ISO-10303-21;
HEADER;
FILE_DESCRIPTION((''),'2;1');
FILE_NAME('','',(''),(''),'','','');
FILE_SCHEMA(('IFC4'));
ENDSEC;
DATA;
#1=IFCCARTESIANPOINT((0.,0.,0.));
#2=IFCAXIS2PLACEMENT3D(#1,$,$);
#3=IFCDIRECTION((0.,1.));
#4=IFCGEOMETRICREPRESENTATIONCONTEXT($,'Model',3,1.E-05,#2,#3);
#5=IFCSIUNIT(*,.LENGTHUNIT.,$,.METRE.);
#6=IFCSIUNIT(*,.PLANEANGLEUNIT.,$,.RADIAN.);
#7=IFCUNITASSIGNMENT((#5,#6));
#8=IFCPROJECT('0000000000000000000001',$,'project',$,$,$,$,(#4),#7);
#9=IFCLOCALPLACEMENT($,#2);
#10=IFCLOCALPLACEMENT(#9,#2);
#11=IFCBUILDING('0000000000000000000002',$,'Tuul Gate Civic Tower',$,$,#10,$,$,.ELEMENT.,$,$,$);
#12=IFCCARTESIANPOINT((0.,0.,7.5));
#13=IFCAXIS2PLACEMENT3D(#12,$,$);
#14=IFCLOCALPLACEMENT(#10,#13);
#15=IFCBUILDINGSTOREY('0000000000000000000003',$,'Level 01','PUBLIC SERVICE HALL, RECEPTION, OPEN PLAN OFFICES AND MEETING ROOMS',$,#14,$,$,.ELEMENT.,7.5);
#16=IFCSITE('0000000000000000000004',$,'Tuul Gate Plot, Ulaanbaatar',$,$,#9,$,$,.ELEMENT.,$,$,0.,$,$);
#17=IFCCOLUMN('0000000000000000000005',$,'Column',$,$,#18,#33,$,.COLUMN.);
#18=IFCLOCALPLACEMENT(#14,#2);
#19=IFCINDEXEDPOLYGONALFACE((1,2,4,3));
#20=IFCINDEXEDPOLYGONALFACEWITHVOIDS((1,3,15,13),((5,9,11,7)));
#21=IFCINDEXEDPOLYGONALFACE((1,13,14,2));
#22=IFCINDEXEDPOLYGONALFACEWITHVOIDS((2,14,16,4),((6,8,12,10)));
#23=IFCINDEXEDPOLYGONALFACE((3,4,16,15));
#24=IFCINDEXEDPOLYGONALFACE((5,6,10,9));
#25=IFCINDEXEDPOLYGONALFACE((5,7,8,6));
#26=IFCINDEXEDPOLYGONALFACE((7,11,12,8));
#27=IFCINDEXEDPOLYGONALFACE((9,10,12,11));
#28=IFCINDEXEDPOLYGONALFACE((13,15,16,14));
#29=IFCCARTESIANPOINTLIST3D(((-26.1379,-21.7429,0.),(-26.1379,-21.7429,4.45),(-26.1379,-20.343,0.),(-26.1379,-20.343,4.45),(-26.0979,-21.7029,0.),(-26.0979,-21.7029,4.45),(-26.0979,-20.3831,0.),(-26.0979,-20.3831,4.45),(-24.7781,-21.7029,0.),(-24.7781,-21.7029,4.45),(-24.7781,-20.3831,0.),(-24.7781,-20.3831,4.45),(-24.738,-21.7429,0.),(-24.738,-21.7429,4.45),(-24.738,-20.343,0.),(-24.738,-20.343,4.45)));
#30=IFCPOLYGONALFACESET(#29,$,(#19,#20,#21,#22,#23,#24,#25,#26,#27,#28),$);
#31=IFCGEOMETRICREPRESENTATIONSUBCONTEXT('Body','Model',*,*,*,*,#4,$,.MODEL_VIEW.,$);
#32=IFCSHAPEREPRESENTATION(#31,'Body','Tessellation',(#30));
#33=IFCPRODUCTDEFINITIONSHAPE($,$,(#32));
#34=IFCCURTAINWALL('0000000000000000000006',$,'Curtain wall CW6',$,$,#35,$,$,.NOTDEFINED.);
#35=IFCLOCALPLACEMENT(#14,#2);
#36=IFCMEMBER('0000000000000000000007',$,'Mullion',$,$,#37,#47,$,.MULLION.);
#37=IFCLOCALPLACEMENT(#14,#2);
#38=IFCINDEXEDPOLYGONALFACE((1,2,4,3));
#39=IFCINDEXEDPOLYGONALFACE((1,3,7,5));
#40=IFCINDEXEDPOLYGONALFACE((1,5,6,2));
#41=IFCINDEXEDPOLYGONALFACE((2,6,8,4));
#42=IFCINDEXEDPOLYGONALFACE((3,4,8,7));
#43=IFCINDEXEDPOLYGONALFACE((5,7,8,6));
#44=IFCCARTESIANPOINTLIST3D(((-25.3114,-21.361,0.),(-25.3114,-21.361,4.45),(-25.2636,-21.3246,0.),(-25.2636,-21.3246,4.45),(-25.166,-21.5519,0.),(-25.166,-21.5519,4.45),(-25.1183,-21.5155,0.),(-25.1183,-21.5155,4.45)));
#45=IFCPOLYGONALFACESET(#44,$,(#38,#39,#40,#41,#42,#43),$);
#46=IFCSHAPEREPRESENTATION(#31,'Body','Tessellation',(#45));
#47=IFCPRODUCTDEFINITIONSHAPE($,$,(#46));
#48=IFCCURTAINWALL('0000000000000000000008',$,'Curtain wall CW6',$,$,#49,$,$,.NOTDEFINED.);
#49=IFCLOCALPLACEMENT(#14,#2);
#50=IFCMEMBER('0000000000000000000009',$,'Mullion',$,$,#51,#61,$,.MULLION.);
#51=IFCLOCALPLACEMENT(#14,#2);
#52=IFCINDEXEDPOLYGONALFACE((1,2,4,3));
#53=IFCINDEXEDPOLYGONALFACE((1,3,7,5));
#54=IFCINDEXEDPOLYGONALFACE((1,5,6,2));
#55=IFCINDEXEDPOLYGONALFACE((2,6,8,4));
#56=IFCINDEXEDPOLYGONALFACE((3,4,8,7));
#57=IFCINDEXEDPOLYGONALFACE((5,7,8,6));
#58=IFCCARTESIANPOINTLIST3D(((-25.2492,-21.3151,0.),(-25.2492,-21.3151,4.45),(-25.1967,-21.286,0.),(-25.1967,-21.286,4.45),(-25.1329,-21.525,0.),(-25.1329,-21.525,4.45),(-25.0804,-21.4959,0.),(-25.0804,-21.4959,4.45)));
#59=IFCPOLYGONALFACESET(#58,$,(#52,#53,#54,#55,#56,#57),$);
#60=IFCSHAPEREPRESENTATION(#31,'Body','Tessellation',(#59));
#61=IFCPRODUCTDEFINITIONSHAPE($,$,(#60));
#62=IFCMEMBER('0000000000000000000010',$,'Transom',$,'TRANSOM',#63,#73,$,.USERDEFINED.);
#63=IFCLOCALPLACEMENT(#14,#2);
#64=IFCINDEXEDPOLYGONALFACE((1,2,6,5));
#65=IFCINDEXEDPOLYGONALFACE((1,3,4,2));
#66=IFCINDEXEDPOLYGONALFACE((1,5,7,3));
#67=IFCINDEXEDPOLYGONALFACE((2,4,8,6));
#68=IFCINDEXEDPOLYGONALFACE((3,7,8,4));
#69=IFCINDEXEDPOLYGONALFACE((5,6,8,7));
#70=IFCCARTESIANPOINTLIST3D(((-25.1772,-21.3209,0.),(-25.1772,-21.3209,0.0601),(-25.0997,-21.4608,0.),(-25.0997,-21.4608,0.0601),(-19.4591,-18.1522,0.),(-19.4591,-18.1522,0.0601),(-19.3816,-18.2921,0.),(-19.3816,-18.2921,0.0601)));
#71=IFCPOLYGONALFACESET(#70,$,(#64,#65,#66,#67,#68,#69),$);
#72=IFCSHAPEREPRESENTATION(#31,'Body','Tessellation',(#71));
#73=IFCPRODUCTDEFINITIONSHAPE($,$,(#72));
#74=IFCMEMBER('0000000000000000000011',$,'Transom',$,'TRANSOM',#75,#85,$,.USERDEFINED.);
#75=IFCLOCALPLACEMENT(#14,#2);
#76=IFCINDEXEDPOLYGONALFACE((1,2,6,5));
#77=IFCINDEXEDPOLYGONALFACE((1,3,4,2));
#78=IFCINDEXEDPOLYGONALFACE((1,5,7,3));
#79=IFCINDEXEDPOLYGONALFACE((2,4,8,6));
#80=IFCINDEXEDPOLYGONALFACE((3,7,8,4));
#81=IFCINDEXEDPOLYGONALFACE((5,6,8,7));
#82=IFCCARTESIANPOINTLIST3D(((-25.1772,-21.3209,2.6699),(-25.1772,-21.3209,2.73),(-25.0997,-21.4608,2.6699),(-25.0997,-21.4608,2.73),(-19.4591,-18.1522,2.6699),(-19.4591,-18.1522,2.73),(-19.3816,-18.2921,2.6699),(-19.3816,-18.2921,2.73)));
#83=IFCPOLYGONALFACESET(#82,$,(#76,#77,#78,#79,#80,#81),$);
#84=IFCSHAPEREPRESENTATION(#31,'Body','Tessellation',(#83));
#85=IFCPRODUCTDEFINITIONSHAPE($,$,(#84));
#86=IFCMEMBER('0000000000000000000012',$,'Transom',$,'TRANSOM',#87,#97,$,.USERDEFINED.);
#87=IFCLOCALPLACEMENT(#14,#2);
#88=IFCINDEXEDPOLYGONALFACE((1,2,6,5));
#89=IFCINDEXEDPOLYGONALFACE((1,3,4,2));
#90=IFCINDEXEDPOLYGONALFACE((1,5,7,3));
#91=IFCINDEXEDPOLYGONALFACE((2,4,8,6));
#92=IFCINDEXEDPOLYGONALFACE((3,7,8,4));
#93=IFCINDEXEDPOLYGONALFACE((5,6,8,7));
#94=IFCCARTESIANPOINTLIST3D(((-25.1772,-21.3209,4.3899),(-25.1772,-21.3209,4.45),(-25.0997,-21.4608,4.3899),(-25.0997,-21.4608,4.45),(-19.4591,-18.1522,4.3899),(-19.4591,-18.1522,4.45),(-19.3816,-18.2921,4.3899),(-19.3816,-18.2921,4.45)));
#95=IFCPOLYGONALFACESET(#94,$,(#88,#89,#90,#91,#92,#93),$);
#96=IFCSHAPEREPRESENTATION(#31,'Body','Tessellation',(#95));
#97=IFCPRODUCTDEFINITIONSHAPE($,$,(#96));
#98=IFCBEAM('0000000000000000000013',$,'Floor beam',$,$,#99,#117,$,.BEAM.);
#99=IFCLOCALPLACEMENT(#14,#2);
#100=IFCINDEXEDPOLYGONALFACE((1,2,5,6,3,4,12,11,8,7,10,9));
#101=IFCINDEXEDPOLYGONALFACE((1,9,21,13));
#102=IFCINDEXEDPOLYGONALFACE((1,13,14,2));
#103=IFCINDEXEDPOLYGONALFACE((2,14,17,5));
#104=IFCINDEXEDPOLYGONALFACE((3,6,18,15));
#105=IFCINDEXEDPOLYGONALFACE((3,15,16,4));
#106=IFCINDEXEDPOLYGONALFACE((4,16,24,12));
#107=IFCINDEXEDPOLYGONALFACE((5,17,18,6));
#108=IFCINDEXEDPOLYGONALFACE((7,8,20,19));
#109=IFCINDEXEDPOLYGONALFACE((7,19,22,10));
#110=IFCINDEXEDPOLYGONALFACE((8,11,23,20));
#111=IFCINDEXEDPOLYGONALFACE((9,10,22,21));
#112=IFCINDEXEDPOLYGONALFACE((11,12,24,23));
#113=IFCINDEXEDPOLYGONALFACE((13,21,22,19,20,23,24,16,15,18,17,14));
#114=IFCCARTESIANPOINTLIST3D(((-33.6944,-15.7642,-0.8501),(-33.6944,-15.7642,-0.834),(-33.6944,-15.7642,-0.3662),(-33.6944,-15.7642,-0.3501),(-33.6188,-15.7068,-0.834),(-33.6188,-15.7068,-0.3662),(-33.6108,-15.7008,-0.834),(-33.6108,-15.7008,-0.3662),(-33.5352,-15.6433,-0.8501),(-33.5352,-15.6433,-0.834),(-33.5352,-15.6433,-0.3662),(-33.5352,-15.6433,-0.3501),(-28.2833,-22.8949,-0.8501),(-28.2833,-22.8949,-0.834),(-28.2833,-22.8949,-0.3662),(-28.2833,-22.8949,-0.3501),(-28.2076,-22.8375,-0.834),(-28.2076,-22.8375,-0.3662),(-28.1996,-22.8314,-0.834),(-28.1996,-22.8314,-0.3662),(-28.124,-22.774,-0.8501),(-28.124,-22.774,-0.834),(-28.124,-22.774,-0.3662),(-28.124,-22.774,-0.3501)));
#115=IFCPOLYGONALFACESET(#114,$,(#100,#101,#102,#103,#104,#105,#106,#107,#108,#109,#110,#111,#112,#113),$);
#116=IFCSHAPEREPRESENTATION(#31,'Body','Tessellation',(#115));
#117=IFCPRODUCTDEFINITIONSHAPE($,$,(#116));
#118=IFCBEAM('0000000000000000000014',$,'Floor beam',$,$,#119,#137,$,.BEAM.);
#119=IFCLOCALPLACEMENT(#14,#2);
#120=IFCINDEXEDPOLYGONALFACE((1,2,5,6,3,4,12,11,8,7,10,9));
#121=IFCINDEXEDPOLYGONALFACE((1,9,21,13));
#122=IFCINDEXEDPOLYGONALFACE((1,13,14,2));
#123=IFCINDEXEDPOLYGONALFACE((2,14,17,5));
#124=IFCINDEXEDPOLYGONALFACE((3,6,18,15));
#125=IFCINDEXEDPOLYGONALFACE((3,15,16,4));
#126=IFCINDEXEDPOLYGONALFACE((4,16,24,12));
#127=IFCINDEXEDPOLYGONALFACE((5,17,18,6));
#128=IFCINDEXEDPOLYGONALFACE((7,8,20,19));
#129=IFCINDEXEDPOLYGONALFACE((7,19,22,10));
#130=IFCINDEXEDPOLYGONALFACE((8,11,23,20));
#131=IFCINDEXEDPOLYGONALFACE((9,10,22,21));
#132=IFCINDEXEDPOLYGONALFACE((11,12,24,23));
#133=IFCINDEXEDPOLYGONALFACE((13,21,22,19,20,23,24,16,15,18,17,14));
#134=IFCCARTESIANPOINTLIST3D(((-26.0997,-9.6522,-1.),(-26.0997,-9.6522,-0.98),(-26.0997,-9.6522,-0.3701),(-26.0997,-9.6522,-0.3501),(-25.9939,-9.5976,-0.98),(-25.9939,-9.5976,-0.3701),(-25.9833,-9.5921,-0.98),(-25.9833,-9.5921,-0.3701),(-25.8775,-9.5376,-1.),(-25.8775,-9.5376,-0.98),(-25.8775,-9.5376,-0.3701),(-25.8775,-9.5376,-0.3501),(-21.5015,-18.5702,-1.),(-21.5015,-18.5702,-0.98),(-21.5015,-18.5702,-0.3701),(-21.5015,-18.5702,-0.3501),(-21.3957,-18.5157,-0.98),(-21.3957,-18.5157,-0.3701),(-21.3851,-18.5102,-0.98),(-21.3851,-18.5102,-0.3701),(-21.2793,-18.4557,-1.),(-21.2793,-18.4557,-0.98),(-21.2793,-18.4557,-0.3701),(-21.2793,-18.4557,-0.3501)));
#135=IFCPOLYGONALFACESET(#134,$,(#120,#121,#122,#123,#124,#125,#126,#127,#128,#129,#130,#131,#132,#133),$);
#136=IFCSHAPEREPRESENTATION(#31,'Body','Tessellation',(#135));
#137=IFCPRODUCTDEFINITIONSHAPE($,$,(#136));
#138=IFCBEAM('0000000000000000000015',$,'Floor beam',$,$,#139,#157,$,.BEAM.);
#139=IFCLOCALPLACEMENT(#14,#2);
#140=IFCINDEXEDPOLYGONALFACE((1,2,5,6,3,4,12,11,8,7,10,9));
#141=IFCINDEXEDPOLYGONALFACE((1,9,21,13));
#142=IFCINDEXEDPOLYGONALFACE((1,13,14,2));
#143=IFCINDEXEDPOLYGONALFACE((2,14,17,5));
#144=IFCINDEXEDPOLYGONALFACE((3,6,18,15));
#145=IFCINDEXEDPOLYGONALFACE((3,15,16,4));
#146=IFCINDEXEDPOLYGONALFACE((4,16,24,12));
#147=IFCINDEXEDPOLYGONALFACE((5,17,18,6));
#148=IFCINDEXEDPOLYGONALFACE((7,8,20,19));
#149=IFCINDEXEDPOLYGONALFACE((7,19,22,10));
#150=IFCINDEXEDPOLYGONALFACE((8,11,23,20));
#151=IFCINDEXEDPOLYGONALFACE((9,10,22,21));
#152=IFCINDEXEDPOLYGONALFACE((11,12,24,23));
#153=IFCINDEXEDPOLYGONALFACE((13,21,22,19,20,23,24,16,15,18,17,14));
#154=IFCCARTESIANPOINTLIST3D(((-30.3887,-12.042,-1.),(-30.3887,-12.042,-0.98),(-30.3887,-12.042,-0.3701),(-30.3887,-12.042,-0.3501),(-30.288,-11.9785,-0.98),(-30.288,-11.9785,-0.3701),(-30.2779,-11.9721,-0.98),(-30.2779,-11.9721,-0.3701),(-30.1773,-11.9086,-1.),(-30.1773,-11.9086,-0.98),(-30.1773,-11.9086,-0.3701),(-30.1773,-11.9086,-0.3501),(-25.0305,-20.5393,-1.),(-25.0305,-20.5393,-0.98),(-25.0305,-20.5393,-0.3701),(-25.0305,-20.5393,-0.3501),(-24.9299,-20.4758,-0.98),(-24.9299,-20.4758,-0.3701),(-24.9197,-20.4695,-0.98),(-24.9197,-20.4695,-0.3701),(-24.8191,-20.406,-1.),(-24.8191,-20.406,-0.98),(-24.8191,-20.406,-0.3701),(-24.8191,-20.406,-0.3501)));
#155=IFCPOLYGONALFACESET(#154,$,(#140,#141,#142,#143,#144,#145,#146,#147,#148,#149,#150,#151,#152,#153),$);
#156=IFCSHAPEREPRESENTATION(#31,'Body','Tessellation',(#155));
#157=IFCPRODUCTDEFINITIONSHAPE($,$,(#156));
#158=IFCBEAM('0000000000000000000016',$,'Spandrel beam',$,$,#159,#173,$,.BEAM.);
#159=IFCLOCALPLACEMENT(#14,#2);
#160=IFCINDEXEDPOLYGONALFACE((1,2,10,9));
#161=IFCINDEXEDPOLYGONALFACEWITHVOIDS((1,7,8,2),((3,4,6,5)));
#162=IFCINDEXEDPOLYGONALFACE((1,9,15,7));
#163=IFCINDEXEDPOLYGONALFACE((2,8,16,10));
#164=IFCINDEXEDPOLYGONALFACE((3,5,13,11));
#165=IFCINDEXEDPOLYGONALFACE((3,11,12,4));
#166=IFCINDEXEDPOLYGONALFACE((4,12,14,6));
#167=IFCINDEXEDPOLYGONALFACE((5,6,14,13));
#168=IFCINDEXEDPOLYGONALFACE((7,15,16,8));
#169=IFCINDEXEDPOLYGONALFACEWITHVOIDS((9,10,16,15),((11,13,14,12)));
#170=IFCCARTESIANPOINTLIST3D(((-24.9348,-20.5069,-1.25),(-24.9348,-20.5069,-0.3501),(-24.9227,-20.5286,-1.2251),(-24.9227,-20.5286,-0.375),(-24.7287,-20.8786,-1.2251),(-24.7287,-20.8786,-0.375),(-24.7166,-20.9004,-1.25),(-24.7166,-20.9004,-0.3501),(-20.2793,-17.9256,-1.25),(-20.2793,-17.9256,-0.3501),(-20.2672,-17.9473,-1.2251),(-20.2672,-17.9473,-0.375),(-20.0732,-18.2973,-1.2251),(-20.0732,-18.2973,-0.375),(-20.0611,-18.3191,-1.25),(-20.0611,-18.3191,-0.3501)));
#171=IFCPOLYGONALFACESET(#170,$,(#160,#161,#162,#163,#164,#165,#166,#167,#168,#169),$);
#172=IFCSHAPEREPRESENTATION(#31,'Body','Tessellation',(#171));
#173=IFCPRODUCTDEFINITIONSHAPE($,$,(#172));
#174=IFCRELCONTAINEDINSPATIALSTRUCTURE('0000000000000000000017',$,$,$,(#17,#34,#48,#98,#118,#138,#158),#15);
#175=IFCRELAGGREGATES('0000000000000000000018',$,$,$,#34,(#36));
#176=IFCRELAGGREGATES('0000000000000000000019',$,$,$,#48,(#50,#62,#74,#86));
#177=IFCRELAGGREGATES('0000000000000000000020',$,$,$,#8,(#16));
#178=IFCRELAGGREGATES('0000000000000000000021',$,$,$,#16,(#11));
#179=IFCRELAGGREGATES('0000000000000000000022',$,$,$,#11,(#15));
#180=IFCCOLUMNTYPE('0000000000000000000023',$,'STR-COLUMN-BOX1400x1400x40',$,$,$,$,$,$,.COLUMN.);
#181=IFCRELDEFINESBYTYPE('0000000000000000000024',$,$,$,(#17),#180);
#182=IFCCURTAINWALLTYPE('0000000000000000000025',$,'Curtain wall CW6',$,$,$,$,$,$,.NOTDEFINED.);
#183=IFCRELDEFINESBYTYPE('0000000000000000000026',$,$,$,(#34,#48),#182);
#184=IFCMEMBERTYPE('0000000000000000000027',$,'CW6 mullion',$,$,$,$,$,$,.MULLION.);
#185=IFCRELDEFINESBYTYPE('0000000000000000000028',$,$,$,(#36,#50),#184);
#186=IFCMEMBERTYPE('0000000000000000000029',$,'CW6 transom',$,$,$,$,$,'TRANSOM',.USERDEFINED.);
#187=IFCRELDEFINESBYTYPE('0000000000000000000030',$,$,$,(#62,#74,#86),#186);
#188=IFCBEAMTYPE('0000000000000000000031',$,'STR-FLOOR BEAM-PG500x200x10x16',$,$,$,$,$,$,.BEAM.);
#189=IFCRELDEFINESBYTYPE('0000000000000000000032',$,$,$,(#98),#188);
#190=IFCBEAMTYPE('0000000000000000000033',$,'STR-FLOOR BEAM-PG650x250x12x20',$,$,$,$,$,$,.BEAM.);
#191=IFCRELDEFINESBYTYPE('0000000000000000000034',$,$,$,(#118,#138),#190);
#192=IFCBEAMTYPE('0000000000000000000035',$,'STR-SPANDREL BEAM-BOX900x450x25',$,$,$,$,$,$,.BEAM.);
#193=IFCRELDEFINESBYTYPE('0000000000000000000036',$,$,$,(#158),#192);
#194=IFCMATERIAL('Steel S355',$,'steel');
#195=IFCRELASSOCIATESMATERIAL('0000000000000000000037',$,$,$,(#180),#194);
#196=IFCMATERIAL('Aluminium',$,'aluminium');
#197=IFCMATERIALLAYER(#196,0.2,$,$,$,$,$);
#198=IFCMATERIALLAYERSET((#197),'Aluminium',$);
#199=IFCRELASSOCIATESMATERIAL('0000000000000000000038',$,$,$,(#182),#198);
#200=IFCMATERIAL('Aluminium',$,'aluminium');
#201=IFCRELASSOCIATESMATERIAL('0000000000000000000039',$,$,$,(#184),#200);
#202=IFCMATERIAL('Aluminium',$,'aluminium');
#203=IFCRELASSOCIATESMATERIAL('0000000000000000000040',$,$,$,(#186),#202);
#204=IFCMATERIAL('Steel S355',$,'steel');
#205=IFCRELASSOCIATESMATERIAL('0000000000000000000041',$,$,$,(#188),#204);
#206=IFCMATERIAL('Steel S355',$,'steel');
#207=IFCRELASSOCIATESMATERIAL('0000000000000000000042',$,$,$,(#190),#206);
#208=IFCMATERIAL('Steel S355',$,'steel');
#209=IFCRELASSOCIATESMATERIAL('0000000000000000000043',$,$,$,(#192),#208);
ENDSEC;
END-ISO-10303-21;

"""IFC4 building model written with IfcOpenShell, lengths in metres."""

from ifc_helpers import new_model, si_unit, direction, frame, origin, origin_2d, place, context, subcontext, project, spatial, rectangle, hollow_rectangle, i_section, extrude, material, layer, layer_set, material_profile, profile_set, type_object, element, aggregate, save


model = new_model("IFC4")

# Units and contexts
model_context = context("Model", 3, precision=1e-05, world=origin(), true_north=direction((0.0, 1.0)))
body_context = subcontext(model_context, "Body", "Model", "MODEL_VIEW")
ifc_project = project(units=[si_unit("LENGTHUNIT", "METRE"), si_unit("PLANEANGLEUNIT", "RADIAN")], contexts=[model_context])

# Site, building, storey
site_placement = place(None, origin())
site = spatial("IfcSite", under=ifc_project, at=site_placement, Name="Tuul Gate Plot, Ulaanbaatar", CompositionType="ELEMENT", RefElevation=0.0)
building_placement = place(site_placement, origin())
building = spatial("IfcBuilding", under=site, at=building_placement, Name="Tuul Gate Civic Tower", CompositionType="ELEMENT")
storey_placement = place(building_placement, frame((0.0, 0.0, 7.5)))
storey = spatial("IfcBuildingStorey", under=building, at=storey_placement, Name="Level 01", Description="PUBLIC SERVICE HALL, RECEPTION, OPEN PLAN OFFICES AND MEETING ROOMS", CompositionType="ELEMENT", Elevation=7.5)

# Column
ifc_material_1 = material(Name="Steel S355", Category="steel")
ifc_material_profile_1 = material_profile(ifc_material_1, hollow_rectangle(XDim=1.3999, YDim=1.3999, WallThickness=0.04, at=origin_2d()), Name="BOX1400x1400x40")
ifc_profile_set_1 = profile_set([ifc_material_profile_1], Name="Steel S355")
column_type = type_object("IfcColumnType", Name="STR-COLUMN-BOX1400x1400x40", PredefinedType="COLUMN", material=ifc_profile_set_1)
column_placement = place(storey_placement, frame((-25.438, -21.043, 0.0), z_axis=(0.0, 0.0, 1.0), x_axis=(1.0, 0.0, 0.0)))
element("IfcColumn", 1, at=column_placement, inside=storey, type_object=column_type, Name="Column", PredefinedType="COLUMN", context=body_context, shape_type="SweptSolid", body=[
    extrude(hollow_rectangle(XDim=1.3999, YDim=1.3999, WallThickness=0.04, at=origin_2d()), origin(), (0.0, 0.0, 1.0), 4.45),
])

# Curtain wall, member
ifc_material_2 = material(Name="Aluminium", Category="aluminium")
ifc_layer_1 = layer(ifc_material_2, 0.2)
ifc_layer_set_1 = layer_set([ifc_layer_1], Name="Aluminium")
curtain_wall_type = type_object("IfcCurtainWallType", Name="Curtain wall CW6", PredefinedType="NOTDEFINED", material=ifc_layer_set_1)
curtain_wall_1_placement = place(storey_placement, origin())
curtain_wall_1 = element("IfcCurtainWall", 2, at=curtain_wall_1_placement, inside=storey, type_object=curtain_wall_type, Name="Curtain wall CW6", PredefinedType="NOTDEFINED")
ifc_material_3 = material(Name="Aluminium", Category="aluminium")
ifc_material_profile_2 = material_profile(ifc_material_3, rectangle(XDim=0.24, YDim=0.0601, at=origin_2d()), Name="CW6 mullion")
ifc_profile_set_2 = profile_set([ifc_material_profile_2], Name="Aluminium")
member_type_1 = type_object("IfcMemberType", Name="CW6 mullion", PredefinedType="MULLION", material=ifc_profile_set_2)
member_1_placement = place(storey_placement, frame((-25.2148, -21.4382, 0.0), z_axis=(0.0, 0.0, 1.0), x_axis=(-0.605776, 0.795635, 0.0)))
member_1 = element("IfcMember", 3, at=member_1_placement, type_object=member_type_1, Name="Mullion", PredefinedType="MULLION", context=body_context, shape_type="SweptSolid", body=[
    extrude(rectangle(XDim=0.24, YDim=0.0601, at=origin_2d()), origin(), (0.0, 0.0, 1.0), 4.45),
])

# Curtain wall, members
curtain_wall_2_placement = place(storey_placement, origin())
curtain_wall_2 = element("IfcCurtainWall", 4, at=curtain_wall_2_placement, inside=storey, type_object=curtain_wall_type, Name="Curtain wall CW6", PredefinedType="NOTDEFINED")
member_2_placement = place(storey_placement, frame((-25.1648, -21.4055, 0.0), z_axis=(0.0, 0.0, 1.0), x_axis=(-0.484724, 0.874667, 0.0)))
member_2 = element("IfcMember", 5, at=member_2_placement, type_object=member_type_1, Name="Mullion", PredefinedType="MULLION", context=body_context, shape_type="SweptSolid", body=[
    extrude(rectangle(XDim=0.24, YDim=0.0601, at=origin_2d()), origin(), (0.0, 0.0, 1.0), 4.45),
])
ifc_material_4 = material(Name="Aluminium", Category="aluminium")
ifc_material_profile_3 = material_profile(ifc_material_4, rectangle(XDim=0.1599, YDim=0.0601, at=origin_2d()), Name="CW6 transom")
ifc_profile_set_3 = profile_set([ifc_material_profile_3], Name="Aluminium")
member_type_2 = type_object("IfcMemberType", Name="CW6 transom", ElementType="TRANSOM", PredefinedType="USERDEFINED", material=ifc_profile_set_3)
member_3_placement = place(storey_placement, frame((-25.1384, -21.3909, 0.03), z_axis=(0.874675, 0.48471, 0.0), x_axis=(-0.48471, 0.874675, 0.0)))
member_3 = element("IfcMember", 6, at=member_3_placement, type_object=member_type_2, Name="Transom", ObjectType="TRANSOM", PredefinedType="USERDEFINED", context=body_context, shape_type="SweptSolid", body=[
    extrude(rectangle(XDim=0.1599, YDim=0.0601, at=origin_2d()), origin(), (0.0, 0.0, 1.0), 6.5374),
])
member_4_placement = place(storey_placement, frame((-25.1384, -21.3909, 2.7), z_axis=(0.874675, 0.48471, 0.0), x_axis=(-0.48471, 0.874675, 0.0)))
member_4 = element("IfcMember", 7, at=member_4_placement, type_object=member_type_2, Name="Transom", ObjectType="TRANSOM", PredefinedType="USERDEFINED", context=body_context, shape_type="SweptSolid", body=[
    extrude(rectangle(XDim=0.1599, YDim=0.0601, at=origin_2d()), origin(), (0.0, 0.0, 1.0), 6.5374),
])
member_5_placement = place(storey_placement, frame((-25.1384, -21.3909, 4.4199), z_axis=(0.874675, 0.48471, 0.0), x_axis=(-0.48471, 0.874675, 0.0)))
member_5 = element("IfcMember", 8, at=member_5_placement, type_object=member_type_2, Name="Transom", ObjectType="TRANSOM", PredefinedType="USERDEFINED", context=body_context, shape_type="SweptSolid", body=[
    extrude(rectangle(XDim=0.1599, YDim=0.0601, at=origin_2d()), origin(), (0.0, 0.0, 1.0), 6.5374),
])

# Beams
ifc_material_5 = material(Name="Steel S355", Category="steel")
ifc_material_profile_4 = material_profile(ifc_material_5, i_section(OverallWidth=0.2, OverallDepth=0.5, WebThickness=0.01, FlangeThickness=0.0161, at=origin_2d()), Name="PG500x200x10x16")
ifc_profile_set_4 = profile_set([ifc_material_profile_4], Name="Steel S355")
beam_type_1 = type_object("IfcBeamType", Name="STR-FLOOR BEAM-PG500x200x10x16", PredefinedType="BEAM", material=ifc_profile_set_4)
beam_1_placement = place(storey_placement, frame((-28.2036, -22.8345, -0.6001), z_axis=(-0.604507, 0.7966, 0.0), x_axis=(-0.7966, -0.604507, 0.0)))
element("IfcBeam", 9, at=beam_1_placement, inside=storey, type_object=beam_type_1, Name="Floor beam", PredefinedType="BEAM", context=body_context, shape_type="SweptSolid", body=[
    extrude(i_section(OverallWidth=0.2, OverallDepth=0.5, WebThickness=0.01, FlangeThickness=0.0161, at=origin_2d()), origin(), (0.0, 0.0, 1.0), 8.9514),
])
ifc_material_6 = material(Name="Steel S355", Category="steel")
ifc_material_profile_5 = material_profile(ifc_material_6, i_section(OverallWidth=0.25, OverallDepth=0.6499, WebThickness=0.012, FlangeThickness=0.02, at=origin_2d()), Name="PG650x250x12x20")
ifc_profile_set_5 = profile_set([ifc_material_profile_5], Name="Steel S355")
beam_type_2 = type_object("IfcBeamType", Name="STR-FLOOR BEAM-PG650x250x12x20", PredefinedType="BEAM", material=ifc_profile_set_5)
beam_2_placement = place(storey_placement, frame((-21.3904, -18.5129, -0.675), z_axis=(-0.458275, 0.888811, 0.0), x_axis=(-0.888811, -0.458275, 0.0)))
element("IfcBeam", 10, at=beam_2_placement, inside=storey, type_object=beam_type_2, Name="Floor beam", PredefinedType="BEAM", context=body_context, shape_type="SweptSolid", body=[
    extrude(i_section(OverallWidth=0.25, OverallDepth=0.6499, WebThickness=0.012, FlangeThickness=0.02, at=origin_2d()), origin(), (0.0, 0.0, 1.0), 10.0337),
])
beam_3_placement = place(storey_placement, frame((-24.9248, -20.4727, -0.675), z_axis=(-0.533383, 0.845874, 0.0), x_axis=(-0.845874, -0.533383, 0.0)))
element("IfcBeam", 11, at=beam_3_placement, inside=storey, type_object=beam_type_2, Name="Floor beam", PredefinedType="BEAM", context=body_context, shape_type="SweptSolid", body=[
    extrude(i_section(OverallWidth=0.25, OverallDepth=0.6499, WebThickness=0.012, FlangeThickness=0.02, at=origin_2d()), origin(), (0.0, 0.0, 1.0), 10.0457),
])
ifc_material_7 = material(Name="Steel S355", Category="steel")
ifc_material_profile_6 = material_profile(ifc_material_7, hollow_rectangle(XDim=0.45, YDim=0.8999, WallThickness=0.0249, at=origin_2d()), Name="BOX900x450x25")
ifc_profile_set_6 = profile_set([ifc_material_profile_6], Name="Steel S355")
beam_type_3 = type_object("IfcBeamType", Name="STR-SPANDREL BEAM-BOX900x450x25", PredefinedType="BEAM", material=ifc_profile_set_6)
beam_4_placement = place(storey_placement, frame((-24.8257, -20.7036, -0.8), z_axis=(0.874564, 0.484911, 0.0), x_axis=(-0.484911, 0.874564, 0.0)))
element("IfcBeam", 12, at=beam_4_placement, inside=storey, type_object=beam_type_3, Name="Spandrel beam", PredefinedType="BEAM", context=body_context, shape_type="SweptSolid", body=[
    extrude(hollow_rectangle(XDim=0.45, YDim=0.8999, WallThickness=0.0249, at=origin_2d()), origin(), (0.0, 0.0, 1.0), 5.3232),
])

aggregate(curtain_wall_1, [member_1])
aggregate(curtain_wall_2, [member_2, member_3, member_4, member_5])

save(model, "model.ifc")
